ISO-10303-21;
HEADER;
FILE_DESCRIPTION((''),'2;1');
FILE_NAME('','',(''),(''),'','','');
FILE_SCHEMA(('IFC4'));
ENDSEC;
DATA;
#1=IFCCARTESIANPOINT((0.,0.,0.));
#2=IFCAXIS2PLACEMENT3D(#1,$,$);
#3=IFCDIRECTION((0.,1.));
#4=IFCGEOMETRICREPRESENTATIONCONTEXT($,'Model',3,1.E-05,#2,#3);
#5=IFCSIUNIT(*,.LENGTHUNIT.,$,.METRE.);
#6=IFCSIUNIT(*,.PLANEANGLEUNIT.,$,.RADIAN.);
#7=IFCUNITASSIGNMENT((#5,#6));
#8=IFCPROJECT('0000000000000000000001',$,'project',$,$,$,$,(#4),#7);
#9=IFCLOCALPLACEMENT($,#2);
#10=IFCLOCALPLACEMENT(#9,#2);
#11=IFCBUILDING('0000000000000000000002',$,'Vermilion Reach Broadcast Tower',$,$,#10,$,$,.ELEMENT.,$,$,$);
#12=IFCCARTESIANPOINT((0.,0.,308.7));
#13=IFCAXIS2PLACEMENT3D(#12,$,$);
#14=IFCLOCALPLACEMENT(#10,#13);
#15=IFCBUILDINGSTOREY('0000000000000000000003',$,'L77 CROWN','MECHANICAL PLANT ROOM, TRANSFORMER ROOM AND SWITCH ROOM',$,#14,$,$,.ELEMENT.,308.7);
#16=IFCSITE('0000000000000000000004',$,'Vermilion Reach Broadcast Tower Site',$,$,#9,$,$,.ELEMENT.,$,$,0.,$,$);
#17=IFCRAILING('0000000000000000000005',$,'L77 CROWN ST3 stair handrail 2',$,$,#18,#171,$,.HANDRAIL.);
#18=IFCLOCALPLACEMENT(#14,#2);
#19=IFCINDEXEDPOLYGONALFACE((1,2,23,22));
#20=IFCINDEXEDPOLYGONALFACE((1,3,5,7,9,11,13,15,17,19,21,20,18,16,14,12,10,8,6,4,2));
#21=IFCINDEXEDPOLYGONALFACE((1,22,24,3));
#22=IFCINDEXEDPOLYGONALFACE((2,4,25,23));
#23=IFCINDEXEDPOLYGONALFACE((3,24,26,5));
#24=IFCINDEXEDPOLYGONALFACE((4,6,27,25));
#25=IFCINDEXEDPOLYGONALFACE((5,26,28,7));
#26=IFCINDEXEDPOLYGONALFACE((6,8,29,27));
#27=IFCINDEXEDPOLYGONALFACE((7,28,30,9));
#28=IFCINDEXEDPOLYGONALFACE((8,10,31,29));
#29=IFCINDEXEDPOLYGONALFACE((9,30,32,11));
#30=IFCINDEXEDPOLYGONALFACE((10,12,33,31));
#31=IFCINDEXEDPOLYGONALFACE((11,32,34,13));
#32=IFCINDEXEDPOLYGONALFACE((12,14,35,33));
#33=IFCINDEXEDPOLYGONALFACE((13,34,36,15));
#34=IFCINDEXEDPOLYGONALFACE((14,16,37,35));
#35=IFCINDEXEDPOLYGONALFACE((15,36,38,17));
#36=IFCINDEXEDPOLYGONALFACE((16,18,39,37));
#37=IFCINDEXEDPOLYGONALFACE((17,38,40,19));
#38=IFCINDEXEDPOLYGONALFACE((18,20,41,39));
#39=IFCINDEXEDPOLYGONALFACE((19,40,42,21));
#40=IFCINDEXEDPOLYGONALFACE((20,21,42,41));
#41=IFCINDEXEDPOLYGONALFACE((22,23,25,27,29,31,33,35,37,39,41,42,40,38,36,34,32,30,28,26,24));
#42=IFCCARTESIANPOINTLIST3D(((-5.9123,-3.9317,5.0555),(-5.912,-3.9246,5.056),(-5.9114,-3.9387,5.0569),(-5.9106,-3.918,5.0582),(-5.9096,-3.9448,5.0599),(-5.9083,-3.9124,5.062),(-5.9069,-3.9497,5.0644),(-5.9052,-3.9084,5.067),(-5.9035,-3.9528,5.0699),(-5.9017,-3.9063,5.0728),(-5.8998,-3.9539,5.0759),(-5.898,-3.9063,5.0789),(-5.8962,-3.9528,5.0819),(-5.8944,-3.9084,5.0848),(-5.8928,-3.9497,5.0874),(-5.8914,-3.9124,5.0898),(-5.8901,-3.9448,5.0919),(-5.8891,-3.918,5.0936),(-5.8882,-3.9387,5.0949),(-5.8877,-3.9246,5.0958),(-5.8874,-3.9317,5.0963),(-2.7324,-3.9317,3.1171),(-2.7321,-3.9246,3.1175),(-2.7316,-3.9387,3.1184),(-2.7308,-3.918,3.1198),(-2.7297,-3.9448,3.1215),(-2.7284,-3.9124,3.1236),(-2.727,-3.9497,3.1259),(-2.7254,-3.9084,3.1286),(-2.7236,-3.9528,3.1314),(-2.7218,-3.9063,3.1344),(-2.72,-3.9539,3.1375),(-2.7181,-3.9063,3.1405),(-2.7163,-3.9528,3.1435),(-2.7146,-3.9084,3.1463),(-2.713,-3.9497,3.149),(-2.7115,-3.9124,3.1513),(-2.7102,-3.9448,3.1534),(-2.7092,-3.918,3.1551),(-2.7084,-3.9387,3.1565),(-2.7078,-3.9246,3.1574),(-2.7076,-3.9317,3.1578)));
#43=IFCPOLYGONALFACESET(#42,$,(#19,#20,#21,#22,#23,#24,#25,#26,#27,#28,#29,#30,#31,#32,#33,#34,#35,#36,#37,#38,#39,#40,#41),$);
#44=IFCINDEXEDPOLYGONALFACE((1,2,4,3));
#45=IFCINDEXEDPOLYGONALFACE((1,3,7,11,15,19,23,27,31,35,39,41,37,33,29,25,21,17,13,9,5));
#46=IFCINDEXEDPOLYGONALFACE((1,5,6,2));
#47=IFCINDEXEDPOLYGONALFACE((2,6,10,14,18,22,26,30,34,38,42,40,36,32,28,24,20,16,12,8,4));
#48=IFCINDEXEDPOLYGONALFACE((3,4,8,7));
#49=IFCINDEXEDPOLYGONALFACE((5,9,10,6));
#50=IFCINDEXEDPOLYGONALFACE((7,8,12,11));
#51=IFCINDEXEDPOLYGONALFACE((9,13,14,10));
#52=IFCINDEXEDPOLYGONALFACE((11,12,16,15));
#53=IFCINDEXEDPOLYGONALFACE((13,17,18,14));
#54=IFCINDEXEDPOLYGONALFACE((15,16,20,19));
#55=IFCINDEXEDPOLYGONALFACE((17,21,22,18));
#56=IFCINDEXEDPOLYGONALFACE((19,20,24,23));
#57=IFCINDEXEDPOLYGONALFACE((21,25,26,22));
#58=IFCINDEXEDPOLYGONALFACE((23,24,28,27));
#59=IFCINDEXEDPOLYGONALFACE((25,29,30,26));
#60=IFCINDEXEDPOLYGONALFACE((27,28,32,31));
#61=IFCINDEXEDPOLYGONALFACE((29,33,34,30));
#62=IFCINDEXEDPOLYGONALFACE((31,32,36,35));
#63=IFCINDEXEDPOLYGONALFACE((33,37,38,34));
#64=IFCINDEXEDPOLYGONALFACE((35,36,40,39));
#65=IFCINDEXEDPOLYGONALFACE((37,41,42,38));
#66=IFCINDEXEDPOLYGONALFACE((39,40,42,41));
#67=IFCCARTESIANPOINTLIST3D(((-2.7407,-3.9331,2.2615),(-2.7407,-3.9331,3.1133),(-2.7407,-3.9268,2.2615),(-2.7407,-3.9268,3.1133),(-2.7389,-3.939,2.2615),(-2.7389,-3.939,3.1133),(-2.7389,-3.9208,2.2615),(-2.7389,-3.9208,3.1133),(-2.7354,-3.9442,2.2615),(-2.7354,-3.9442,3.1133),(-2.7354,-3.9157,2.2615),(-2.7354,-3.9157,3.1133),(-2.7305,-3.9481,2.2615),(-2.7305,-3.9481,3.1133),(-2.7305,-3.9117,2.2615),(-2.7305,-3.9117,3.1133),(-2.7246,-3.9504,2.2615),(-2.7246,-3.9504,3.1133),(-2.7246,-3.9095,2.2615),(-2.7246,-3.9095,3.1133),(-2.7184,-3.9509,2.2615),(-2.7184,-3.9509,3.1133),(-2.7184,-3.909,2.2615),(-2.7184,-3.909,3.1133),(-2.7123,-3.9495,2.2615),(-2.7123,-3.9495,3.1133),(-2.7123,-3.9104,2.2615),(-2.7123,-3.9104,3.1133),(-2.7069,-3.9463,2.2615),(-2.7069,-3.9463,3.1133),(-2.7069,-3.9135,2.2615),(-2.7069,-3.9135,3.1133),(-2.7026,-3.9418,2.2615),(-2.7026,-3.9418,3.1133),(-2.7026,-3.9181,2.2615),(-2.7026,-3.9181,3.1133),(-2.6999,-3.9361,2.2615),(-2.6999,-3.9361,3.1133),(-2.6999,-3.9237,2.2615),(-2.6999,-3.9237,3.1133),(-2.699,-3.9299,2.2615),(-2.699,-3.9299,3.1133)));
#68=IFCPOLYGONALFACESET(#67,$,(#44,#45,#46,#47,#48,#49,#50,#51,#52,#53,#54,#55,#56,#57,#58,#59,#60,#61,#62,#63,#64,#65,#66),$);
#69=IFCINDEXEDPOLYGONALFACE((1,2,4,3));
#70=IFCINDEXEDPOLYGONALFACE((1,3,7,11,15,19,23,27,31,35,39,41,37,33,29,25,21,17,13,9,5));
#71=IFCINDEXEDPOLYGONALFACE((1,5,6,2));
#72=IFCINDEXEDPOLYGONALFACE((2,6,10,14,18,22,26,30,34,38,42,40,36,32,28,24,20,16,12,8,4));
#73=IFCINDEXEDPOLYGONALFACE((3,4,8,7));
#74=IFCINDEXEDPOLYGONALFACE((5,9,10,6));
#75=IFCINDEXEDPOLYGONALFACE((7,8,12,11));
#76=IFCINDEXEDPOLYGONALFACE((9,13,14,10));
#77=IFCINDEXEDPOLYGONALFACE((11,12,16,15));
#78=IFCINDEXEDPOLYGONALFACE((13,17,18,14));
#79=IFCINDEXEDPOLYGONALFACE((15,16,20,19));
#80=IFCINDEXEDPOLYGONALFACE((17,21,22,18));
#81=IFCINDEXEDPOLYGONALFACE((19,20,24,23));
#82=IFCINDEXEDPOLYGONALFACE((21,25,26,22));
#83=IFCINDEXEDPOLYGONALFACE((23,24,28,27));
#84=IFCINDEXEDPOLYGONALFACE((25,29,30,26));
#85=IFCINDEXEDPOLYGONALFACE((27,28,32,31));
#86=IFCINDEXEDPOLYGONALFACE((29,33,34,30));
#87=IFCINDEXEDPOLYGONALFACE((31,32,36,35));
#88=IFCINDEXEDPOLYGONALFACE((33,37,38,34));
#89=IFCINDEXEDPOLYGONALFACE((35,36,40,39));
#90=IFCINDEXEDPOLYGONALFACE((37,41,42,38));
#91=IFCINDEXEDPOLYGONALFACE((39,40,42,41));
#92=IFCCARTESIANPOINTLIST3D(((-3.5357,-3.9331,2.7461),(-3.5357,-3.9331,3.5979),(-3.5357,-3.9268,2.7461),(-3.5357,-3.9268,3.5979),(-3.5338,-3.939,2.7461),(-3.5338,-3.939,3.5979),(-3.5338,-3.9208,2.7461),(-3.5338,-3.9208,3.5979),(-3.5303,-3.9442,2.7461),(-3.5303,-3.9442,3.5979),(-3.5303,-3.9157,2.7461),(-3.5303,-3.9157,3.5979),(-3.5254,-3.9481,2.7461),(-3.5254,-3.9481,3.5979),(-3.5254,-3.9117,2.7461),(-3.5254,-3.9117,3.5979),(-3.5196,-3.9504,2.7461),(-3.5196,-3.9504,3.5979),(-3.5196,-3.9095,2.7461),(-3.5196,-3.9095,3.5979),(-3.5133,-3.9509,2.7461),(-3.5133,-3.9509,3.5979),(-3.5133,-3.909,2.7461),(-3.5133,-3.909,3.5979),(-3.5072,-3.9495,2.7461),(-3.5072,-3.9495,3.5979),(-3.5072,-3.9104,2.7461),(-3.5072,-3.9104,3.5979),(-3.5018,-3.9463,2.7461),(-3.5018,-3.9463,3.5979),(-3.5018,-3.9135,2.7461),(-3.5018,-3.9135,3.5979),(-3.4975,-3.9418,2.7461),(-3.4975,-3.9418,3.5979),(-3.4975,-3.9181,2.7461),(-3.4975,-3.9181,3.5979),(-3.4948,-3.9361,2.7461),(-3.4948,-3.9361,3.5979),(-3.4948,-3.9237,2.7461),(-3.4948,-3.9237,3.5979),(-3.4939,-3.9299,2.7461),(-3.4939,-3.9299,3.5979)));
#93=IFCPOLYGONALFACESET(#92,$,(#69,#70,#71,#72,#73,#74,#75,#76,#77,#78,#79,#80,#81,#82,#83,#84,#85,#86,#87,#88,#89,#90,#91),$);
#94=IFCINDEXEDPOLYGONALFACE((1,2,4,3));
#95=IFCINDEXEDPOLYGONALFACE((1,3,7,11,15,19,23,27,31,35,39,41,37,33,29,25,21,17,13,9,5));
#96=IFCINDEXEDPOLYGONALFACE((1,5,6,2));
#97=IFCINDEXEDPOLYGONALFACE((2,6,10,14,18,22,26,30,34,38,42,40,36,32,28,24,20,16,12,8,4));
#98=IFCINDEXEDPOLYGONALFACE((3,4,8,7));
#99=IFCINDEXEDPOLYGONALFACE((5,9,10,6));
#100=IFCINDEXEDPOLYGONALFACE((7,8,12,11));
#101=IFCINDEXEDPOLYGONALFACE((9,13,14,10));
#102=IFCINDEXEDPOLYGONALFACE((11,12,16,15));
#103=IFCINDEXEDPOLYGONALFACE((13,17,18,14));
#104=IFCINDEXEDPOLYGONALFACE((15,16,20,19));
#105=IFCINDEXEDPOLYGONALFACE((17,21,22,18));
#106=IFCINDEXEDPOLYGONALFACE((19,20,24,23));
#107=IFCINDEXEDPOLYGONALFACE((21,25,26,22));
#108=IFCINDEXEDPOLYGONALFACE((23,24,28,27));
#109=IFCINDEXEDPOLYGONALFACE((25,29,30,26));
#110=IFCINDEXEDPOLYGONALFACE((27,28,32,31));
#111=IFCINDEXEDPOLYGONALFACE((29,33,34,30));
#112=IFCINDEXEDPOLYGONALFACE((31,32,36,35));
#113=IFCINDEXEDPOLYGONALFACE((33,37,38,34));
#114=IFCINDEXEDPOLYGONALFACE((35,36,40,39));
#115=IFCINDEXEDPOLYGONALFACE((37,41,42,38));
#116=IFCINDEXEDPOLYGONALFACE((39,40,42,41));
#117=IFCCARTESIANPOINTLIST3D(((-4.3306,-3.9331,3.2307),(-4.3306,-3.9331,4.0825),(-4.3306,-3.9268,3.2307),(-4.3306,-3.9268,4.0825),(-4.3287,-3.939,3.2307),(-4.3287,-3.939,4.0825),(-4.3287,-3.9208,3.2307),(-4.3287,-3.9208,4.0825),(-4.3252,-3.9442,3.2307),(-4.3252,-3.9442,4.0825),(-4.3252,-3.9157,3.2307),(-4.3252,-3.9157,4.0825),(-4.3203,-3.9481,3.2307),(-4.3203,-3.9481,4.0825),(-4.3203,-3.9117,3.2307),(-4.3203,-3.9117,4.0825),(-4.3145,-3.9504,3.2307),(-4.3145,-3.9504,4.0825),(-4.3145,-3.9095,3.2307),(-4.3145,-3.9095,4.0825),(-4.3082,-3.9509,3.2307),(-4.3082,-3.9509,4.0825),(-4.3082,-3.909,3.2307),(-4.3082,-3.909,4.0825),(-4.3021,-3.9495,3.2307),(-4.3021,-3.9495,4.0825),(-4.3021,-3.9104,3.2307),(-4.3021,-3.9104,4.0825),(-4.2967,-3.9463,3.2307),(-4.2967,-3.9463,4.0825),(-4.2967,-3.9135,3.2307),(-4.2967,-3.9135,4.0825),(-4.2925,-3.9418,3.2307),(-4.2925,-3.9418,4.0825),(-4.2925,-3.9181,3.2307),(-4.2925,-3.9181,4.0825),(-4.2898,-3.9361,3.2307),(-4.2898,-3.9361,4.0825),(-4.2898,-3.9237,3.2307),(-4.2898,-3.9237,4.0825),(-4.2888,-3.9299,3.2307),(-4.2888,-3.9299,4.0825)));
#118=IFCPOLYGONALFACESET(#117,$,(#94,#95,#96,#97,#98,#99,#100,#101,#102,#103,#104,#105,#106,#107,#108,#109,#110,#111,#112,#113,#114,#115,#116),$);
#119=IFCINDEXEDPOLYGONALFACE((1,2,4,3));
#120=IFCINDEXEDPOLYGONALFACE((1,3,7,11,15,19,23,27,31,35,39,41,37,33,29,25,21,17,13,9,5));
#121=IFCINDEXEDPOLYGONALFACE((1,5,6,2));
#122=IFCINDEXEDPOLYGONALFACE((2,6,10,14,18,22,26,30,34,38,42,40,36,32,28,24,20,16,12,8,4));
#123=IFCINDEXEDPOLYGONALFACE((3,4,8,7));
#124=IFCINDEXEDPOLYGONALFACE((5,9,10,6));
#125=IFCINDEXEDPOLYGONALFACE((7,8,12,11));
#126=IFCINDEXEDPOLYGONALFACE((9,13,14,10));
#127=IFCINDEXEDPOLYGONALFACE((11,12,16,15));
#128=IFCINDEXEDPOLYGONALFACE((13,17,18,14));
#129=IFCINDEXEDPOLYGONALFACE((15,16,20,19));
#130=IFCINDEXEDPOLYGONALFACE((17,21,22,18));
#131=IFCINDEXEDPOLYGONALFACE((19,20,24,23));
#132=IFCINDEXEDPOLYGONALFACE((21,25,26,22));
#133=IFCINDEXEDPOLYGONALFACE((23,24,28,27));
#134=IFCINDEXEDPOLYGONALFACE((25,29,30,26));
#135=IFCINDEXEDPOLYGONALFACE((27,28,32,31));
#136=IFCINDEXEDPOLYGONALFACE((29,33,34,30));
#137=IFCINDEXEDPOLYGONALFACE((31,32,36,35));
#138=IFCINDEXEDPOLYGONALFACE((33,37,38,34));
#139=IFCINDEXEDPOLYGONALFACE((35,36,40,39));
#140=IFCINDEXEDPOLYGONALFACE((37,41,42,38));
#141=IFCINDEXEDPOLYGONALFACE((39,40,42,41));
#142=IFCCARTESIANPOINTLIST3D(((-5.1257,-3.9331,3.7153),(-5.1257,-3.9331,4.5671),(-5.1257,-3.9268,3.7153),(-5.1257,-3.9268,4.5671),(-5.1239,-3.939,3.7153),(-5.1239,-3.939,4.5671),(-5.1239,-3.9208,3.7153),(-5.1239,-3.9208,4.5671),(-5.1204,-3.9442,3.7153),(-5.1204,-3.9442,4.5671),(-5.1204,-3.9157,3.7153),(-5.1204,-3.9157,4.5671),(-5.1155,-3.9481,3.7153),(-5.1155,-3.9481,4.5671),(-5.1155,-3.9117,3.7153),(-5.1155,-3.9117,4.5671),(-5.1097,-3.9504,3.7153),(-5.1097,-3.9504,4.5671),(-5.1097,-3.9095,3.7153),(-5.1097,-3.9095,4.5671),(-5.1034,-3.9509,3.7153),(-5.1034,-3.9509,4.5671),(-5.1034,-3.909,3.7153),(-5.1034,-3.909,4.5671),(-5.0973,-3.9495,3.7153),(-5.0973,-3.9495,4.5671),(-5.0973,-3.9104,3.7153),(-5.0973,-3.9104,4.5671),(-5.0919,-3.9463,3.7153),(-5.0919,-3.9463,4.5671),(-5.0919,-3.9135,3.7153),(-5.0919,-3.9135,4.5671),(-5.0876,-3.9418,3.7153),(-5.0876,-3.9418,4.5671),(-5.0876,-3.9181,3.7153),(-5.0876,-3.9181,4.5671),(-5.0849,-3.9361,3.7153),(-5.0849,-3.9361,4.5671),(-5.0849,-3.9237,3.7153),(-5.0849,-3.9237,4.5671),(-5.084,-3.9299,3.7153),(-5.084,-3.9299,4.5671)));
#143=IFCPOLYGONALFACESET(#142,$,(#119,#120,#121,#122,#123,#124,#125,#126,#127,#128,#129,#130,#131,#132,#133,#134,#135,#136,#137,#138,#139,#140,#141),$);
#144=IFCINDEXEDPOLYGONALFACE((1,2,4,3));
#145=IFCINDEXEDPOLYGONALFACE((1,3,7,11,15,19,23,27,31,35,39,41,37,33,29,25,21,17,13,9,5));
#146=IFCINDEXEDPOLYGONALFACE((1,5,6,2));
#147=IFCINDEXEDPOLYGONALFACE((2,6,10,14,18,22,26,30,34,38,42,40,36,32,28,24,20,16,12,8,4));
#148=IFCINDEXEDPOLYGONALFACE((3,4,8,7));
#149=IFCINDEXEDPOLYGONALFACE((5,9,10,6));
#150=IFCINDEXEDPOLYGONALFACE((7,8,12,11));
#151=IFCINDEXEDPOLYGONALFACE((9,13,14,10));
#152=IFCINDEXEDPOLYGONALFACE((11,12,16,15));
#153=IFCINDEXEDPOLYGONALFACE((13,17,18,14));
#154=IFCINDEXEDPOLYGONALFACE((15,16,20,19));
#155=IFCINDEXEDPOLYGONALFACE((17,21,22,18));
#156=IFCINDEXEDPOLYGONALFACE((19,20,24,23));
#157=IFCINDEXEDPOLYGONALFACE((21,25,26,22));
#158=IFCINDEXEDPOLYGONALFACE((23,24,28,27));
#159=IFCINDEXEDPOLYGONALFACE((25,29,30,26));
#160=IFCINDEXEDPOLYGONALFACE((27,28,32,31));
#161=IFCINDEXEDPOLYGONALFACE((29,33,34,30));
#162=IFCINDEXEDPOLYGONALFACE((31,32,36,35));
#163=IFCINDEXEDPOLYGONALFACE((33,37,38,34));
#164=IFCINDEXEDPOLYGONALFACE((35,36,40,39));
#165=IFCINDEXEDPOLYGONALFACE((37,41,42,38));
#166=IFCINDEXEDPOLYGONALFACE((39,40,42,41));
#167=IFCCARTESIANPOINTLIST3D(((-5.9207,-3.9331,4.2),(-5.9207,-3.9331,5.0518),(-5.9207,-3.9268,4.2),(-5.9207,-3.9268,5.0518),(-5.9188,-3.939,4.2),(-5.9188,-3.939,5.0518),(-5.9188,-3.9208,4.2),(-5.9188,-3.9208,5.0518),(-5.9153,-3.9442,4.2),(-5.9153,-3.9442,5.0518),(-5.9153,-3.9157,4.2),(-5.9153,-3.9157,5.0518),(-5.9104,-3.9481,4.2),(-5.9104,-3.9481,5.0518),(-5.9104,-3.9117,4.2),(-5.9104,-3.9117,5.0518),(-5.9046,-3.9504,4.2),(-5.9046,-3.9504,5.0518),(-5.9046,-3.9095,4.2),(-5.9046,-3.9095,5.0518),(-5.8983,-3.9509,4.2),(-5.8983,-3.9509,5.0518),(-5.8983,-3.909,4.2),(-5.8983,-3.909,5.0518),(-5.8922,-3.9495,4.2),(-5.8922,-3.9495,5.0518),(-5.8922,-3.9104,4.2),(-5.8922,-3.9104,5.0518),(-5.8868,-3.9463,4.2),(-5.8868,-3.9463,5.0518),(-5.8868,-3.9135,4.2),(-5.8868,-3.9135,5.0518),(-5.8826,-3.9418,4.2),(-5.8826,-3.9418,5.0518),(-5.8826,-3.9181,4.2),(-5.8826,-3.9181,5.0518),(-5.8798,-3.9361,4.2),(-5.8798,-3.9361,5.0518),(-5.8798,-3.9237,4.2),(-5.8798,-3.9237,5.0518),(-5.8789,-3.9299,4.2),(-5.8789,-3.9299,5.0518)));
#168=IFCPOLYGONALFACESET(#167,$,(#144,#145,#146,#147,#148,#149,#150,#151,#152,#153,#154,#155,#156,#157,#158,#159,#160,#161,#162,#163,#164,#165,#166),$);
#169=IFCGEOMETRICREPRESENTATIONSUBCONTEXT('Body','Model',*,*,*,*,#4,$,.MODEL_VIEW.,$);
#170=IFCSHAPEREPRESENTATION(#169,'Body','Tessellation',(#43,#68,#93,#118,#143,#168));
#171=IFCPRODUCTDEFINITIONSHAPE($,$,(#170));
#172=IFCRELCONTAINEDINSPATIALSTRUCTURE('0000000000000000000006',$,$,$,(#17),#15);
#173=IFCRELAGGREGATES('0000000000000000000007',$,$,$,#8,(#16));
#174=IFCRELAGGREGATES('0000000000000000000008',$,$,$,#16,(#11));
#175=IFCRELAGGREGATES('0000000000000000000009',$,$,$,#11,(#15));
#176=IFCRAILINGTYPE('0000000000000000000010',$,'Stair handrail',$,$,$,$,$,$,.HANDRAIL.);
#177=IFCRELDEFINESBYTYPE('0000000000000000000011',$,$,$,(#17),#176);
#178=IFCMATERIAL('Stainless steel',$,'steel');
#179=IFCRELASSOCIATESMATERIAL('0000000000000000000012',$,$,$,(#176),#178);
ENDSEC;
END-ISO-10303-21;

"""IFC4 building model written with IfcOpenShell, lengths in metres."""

from ifc_helpers import new_model, si_unit, direction, frame, origin, origin_2d, place, context, subcontext, project, spatial, circle, extrude, material, type_object, element, save


model = new_model("IFC4")

# Units and contexts
model_context = context("Model", 3, precision=1e-05, world=origin(), true_north=direction((0.0, 1.0)))
body_context = subcontext(model_context, "Body", "Model", "MODEL_VIEW")
ifc_project = project(units=[si_unit("LENGTHUNIT", "METRE"), si_unit("PLANEANGLEUNIT", "RADIAN")], contexts=[model_context])

# Site, building, storey
site_placement = place(None, origin())
site = spatial("IfcSite", under=ifc_project, at=site_placement, Name="Vermilion Reach Broadcast Tower Site", CompositionType="ELEMENT", RefElevation=0.0)
building_placement = place(site_placement, origin())
building = spatial("IfcBuilding", under=site, at=building_placement, Name="Vermilion Reach Broadcast Tower", CompositionType="ELEMENT")
storey_placement = place(building_placement, frame((0.0, 0.0, 308.7)))
storey = spatial("IfcBuildingStorey", under=building, at=storey_placement, Name="L77 CROWN", Description="MECHANICAL PLANT ROOM, TRANSFORMER ROOM AND SWITCH ROOM", CompositionType="ELEMENT", Elevation=308.7)

# Railing
ifc_material_1 = material(Name="Stainless steel", Category="steel")
railing_type_1 = type_object("IfcRailingType", Name="Stair handrail", PredefinedType="HANDRAIL", material=ifc_material_1)
railing_1_placement = place(storey_placement, frame((-2.72, -3.9299, 2.2615)))
element("IfcRailing", 1, at=railing_1_placement, inside=storey, type_object=railing_type_1, Name="L77 CROWN ST3 stair handrail 2", PredefinedType="HANDRAIL", context=body_context, shape_type="SweptSolid", body=[
    extrude(circle(Radius=0.0239, at=origin_2d()), frame((0.0, 0.0, 0.876), z_axis=(-0.853857, 0.0, 0.520508), x_axis=(0.0, -1.0, 0.0)), (0.0, 0.0, 1.0), 3.7241),
    extrude(circle(Radius=0.021, at=origin_2d()), origin(), (0.0, 0.0, 1.0), 0.8518),
    extrude(circle(Radius=0.021, at=origin_2d()), frame((-0.7949, 0.0, 0.4846)), (0.0, 0.0, 1.0), 0.8518),
    extrude(circle(Radius=0.021, at=origin_2d()), frame((-1.5898, 0.0, 0.9692)), (0.0, 0.0, 1.0), 0.8518),
    extrude(circle(Radius=0.021, at=origin_2d()), frame((-2.385, 0.0, 1.4539)), (0.0, 0.0, 1.0), 0.8518),
    extrude(circle(Radius=0.021, at=origin_2d()), frame((-3.1799, 0.0, 1.9385)), (0.0, 0.0, 1.0), 0.8518),
])

save(model, "model.ifc")
